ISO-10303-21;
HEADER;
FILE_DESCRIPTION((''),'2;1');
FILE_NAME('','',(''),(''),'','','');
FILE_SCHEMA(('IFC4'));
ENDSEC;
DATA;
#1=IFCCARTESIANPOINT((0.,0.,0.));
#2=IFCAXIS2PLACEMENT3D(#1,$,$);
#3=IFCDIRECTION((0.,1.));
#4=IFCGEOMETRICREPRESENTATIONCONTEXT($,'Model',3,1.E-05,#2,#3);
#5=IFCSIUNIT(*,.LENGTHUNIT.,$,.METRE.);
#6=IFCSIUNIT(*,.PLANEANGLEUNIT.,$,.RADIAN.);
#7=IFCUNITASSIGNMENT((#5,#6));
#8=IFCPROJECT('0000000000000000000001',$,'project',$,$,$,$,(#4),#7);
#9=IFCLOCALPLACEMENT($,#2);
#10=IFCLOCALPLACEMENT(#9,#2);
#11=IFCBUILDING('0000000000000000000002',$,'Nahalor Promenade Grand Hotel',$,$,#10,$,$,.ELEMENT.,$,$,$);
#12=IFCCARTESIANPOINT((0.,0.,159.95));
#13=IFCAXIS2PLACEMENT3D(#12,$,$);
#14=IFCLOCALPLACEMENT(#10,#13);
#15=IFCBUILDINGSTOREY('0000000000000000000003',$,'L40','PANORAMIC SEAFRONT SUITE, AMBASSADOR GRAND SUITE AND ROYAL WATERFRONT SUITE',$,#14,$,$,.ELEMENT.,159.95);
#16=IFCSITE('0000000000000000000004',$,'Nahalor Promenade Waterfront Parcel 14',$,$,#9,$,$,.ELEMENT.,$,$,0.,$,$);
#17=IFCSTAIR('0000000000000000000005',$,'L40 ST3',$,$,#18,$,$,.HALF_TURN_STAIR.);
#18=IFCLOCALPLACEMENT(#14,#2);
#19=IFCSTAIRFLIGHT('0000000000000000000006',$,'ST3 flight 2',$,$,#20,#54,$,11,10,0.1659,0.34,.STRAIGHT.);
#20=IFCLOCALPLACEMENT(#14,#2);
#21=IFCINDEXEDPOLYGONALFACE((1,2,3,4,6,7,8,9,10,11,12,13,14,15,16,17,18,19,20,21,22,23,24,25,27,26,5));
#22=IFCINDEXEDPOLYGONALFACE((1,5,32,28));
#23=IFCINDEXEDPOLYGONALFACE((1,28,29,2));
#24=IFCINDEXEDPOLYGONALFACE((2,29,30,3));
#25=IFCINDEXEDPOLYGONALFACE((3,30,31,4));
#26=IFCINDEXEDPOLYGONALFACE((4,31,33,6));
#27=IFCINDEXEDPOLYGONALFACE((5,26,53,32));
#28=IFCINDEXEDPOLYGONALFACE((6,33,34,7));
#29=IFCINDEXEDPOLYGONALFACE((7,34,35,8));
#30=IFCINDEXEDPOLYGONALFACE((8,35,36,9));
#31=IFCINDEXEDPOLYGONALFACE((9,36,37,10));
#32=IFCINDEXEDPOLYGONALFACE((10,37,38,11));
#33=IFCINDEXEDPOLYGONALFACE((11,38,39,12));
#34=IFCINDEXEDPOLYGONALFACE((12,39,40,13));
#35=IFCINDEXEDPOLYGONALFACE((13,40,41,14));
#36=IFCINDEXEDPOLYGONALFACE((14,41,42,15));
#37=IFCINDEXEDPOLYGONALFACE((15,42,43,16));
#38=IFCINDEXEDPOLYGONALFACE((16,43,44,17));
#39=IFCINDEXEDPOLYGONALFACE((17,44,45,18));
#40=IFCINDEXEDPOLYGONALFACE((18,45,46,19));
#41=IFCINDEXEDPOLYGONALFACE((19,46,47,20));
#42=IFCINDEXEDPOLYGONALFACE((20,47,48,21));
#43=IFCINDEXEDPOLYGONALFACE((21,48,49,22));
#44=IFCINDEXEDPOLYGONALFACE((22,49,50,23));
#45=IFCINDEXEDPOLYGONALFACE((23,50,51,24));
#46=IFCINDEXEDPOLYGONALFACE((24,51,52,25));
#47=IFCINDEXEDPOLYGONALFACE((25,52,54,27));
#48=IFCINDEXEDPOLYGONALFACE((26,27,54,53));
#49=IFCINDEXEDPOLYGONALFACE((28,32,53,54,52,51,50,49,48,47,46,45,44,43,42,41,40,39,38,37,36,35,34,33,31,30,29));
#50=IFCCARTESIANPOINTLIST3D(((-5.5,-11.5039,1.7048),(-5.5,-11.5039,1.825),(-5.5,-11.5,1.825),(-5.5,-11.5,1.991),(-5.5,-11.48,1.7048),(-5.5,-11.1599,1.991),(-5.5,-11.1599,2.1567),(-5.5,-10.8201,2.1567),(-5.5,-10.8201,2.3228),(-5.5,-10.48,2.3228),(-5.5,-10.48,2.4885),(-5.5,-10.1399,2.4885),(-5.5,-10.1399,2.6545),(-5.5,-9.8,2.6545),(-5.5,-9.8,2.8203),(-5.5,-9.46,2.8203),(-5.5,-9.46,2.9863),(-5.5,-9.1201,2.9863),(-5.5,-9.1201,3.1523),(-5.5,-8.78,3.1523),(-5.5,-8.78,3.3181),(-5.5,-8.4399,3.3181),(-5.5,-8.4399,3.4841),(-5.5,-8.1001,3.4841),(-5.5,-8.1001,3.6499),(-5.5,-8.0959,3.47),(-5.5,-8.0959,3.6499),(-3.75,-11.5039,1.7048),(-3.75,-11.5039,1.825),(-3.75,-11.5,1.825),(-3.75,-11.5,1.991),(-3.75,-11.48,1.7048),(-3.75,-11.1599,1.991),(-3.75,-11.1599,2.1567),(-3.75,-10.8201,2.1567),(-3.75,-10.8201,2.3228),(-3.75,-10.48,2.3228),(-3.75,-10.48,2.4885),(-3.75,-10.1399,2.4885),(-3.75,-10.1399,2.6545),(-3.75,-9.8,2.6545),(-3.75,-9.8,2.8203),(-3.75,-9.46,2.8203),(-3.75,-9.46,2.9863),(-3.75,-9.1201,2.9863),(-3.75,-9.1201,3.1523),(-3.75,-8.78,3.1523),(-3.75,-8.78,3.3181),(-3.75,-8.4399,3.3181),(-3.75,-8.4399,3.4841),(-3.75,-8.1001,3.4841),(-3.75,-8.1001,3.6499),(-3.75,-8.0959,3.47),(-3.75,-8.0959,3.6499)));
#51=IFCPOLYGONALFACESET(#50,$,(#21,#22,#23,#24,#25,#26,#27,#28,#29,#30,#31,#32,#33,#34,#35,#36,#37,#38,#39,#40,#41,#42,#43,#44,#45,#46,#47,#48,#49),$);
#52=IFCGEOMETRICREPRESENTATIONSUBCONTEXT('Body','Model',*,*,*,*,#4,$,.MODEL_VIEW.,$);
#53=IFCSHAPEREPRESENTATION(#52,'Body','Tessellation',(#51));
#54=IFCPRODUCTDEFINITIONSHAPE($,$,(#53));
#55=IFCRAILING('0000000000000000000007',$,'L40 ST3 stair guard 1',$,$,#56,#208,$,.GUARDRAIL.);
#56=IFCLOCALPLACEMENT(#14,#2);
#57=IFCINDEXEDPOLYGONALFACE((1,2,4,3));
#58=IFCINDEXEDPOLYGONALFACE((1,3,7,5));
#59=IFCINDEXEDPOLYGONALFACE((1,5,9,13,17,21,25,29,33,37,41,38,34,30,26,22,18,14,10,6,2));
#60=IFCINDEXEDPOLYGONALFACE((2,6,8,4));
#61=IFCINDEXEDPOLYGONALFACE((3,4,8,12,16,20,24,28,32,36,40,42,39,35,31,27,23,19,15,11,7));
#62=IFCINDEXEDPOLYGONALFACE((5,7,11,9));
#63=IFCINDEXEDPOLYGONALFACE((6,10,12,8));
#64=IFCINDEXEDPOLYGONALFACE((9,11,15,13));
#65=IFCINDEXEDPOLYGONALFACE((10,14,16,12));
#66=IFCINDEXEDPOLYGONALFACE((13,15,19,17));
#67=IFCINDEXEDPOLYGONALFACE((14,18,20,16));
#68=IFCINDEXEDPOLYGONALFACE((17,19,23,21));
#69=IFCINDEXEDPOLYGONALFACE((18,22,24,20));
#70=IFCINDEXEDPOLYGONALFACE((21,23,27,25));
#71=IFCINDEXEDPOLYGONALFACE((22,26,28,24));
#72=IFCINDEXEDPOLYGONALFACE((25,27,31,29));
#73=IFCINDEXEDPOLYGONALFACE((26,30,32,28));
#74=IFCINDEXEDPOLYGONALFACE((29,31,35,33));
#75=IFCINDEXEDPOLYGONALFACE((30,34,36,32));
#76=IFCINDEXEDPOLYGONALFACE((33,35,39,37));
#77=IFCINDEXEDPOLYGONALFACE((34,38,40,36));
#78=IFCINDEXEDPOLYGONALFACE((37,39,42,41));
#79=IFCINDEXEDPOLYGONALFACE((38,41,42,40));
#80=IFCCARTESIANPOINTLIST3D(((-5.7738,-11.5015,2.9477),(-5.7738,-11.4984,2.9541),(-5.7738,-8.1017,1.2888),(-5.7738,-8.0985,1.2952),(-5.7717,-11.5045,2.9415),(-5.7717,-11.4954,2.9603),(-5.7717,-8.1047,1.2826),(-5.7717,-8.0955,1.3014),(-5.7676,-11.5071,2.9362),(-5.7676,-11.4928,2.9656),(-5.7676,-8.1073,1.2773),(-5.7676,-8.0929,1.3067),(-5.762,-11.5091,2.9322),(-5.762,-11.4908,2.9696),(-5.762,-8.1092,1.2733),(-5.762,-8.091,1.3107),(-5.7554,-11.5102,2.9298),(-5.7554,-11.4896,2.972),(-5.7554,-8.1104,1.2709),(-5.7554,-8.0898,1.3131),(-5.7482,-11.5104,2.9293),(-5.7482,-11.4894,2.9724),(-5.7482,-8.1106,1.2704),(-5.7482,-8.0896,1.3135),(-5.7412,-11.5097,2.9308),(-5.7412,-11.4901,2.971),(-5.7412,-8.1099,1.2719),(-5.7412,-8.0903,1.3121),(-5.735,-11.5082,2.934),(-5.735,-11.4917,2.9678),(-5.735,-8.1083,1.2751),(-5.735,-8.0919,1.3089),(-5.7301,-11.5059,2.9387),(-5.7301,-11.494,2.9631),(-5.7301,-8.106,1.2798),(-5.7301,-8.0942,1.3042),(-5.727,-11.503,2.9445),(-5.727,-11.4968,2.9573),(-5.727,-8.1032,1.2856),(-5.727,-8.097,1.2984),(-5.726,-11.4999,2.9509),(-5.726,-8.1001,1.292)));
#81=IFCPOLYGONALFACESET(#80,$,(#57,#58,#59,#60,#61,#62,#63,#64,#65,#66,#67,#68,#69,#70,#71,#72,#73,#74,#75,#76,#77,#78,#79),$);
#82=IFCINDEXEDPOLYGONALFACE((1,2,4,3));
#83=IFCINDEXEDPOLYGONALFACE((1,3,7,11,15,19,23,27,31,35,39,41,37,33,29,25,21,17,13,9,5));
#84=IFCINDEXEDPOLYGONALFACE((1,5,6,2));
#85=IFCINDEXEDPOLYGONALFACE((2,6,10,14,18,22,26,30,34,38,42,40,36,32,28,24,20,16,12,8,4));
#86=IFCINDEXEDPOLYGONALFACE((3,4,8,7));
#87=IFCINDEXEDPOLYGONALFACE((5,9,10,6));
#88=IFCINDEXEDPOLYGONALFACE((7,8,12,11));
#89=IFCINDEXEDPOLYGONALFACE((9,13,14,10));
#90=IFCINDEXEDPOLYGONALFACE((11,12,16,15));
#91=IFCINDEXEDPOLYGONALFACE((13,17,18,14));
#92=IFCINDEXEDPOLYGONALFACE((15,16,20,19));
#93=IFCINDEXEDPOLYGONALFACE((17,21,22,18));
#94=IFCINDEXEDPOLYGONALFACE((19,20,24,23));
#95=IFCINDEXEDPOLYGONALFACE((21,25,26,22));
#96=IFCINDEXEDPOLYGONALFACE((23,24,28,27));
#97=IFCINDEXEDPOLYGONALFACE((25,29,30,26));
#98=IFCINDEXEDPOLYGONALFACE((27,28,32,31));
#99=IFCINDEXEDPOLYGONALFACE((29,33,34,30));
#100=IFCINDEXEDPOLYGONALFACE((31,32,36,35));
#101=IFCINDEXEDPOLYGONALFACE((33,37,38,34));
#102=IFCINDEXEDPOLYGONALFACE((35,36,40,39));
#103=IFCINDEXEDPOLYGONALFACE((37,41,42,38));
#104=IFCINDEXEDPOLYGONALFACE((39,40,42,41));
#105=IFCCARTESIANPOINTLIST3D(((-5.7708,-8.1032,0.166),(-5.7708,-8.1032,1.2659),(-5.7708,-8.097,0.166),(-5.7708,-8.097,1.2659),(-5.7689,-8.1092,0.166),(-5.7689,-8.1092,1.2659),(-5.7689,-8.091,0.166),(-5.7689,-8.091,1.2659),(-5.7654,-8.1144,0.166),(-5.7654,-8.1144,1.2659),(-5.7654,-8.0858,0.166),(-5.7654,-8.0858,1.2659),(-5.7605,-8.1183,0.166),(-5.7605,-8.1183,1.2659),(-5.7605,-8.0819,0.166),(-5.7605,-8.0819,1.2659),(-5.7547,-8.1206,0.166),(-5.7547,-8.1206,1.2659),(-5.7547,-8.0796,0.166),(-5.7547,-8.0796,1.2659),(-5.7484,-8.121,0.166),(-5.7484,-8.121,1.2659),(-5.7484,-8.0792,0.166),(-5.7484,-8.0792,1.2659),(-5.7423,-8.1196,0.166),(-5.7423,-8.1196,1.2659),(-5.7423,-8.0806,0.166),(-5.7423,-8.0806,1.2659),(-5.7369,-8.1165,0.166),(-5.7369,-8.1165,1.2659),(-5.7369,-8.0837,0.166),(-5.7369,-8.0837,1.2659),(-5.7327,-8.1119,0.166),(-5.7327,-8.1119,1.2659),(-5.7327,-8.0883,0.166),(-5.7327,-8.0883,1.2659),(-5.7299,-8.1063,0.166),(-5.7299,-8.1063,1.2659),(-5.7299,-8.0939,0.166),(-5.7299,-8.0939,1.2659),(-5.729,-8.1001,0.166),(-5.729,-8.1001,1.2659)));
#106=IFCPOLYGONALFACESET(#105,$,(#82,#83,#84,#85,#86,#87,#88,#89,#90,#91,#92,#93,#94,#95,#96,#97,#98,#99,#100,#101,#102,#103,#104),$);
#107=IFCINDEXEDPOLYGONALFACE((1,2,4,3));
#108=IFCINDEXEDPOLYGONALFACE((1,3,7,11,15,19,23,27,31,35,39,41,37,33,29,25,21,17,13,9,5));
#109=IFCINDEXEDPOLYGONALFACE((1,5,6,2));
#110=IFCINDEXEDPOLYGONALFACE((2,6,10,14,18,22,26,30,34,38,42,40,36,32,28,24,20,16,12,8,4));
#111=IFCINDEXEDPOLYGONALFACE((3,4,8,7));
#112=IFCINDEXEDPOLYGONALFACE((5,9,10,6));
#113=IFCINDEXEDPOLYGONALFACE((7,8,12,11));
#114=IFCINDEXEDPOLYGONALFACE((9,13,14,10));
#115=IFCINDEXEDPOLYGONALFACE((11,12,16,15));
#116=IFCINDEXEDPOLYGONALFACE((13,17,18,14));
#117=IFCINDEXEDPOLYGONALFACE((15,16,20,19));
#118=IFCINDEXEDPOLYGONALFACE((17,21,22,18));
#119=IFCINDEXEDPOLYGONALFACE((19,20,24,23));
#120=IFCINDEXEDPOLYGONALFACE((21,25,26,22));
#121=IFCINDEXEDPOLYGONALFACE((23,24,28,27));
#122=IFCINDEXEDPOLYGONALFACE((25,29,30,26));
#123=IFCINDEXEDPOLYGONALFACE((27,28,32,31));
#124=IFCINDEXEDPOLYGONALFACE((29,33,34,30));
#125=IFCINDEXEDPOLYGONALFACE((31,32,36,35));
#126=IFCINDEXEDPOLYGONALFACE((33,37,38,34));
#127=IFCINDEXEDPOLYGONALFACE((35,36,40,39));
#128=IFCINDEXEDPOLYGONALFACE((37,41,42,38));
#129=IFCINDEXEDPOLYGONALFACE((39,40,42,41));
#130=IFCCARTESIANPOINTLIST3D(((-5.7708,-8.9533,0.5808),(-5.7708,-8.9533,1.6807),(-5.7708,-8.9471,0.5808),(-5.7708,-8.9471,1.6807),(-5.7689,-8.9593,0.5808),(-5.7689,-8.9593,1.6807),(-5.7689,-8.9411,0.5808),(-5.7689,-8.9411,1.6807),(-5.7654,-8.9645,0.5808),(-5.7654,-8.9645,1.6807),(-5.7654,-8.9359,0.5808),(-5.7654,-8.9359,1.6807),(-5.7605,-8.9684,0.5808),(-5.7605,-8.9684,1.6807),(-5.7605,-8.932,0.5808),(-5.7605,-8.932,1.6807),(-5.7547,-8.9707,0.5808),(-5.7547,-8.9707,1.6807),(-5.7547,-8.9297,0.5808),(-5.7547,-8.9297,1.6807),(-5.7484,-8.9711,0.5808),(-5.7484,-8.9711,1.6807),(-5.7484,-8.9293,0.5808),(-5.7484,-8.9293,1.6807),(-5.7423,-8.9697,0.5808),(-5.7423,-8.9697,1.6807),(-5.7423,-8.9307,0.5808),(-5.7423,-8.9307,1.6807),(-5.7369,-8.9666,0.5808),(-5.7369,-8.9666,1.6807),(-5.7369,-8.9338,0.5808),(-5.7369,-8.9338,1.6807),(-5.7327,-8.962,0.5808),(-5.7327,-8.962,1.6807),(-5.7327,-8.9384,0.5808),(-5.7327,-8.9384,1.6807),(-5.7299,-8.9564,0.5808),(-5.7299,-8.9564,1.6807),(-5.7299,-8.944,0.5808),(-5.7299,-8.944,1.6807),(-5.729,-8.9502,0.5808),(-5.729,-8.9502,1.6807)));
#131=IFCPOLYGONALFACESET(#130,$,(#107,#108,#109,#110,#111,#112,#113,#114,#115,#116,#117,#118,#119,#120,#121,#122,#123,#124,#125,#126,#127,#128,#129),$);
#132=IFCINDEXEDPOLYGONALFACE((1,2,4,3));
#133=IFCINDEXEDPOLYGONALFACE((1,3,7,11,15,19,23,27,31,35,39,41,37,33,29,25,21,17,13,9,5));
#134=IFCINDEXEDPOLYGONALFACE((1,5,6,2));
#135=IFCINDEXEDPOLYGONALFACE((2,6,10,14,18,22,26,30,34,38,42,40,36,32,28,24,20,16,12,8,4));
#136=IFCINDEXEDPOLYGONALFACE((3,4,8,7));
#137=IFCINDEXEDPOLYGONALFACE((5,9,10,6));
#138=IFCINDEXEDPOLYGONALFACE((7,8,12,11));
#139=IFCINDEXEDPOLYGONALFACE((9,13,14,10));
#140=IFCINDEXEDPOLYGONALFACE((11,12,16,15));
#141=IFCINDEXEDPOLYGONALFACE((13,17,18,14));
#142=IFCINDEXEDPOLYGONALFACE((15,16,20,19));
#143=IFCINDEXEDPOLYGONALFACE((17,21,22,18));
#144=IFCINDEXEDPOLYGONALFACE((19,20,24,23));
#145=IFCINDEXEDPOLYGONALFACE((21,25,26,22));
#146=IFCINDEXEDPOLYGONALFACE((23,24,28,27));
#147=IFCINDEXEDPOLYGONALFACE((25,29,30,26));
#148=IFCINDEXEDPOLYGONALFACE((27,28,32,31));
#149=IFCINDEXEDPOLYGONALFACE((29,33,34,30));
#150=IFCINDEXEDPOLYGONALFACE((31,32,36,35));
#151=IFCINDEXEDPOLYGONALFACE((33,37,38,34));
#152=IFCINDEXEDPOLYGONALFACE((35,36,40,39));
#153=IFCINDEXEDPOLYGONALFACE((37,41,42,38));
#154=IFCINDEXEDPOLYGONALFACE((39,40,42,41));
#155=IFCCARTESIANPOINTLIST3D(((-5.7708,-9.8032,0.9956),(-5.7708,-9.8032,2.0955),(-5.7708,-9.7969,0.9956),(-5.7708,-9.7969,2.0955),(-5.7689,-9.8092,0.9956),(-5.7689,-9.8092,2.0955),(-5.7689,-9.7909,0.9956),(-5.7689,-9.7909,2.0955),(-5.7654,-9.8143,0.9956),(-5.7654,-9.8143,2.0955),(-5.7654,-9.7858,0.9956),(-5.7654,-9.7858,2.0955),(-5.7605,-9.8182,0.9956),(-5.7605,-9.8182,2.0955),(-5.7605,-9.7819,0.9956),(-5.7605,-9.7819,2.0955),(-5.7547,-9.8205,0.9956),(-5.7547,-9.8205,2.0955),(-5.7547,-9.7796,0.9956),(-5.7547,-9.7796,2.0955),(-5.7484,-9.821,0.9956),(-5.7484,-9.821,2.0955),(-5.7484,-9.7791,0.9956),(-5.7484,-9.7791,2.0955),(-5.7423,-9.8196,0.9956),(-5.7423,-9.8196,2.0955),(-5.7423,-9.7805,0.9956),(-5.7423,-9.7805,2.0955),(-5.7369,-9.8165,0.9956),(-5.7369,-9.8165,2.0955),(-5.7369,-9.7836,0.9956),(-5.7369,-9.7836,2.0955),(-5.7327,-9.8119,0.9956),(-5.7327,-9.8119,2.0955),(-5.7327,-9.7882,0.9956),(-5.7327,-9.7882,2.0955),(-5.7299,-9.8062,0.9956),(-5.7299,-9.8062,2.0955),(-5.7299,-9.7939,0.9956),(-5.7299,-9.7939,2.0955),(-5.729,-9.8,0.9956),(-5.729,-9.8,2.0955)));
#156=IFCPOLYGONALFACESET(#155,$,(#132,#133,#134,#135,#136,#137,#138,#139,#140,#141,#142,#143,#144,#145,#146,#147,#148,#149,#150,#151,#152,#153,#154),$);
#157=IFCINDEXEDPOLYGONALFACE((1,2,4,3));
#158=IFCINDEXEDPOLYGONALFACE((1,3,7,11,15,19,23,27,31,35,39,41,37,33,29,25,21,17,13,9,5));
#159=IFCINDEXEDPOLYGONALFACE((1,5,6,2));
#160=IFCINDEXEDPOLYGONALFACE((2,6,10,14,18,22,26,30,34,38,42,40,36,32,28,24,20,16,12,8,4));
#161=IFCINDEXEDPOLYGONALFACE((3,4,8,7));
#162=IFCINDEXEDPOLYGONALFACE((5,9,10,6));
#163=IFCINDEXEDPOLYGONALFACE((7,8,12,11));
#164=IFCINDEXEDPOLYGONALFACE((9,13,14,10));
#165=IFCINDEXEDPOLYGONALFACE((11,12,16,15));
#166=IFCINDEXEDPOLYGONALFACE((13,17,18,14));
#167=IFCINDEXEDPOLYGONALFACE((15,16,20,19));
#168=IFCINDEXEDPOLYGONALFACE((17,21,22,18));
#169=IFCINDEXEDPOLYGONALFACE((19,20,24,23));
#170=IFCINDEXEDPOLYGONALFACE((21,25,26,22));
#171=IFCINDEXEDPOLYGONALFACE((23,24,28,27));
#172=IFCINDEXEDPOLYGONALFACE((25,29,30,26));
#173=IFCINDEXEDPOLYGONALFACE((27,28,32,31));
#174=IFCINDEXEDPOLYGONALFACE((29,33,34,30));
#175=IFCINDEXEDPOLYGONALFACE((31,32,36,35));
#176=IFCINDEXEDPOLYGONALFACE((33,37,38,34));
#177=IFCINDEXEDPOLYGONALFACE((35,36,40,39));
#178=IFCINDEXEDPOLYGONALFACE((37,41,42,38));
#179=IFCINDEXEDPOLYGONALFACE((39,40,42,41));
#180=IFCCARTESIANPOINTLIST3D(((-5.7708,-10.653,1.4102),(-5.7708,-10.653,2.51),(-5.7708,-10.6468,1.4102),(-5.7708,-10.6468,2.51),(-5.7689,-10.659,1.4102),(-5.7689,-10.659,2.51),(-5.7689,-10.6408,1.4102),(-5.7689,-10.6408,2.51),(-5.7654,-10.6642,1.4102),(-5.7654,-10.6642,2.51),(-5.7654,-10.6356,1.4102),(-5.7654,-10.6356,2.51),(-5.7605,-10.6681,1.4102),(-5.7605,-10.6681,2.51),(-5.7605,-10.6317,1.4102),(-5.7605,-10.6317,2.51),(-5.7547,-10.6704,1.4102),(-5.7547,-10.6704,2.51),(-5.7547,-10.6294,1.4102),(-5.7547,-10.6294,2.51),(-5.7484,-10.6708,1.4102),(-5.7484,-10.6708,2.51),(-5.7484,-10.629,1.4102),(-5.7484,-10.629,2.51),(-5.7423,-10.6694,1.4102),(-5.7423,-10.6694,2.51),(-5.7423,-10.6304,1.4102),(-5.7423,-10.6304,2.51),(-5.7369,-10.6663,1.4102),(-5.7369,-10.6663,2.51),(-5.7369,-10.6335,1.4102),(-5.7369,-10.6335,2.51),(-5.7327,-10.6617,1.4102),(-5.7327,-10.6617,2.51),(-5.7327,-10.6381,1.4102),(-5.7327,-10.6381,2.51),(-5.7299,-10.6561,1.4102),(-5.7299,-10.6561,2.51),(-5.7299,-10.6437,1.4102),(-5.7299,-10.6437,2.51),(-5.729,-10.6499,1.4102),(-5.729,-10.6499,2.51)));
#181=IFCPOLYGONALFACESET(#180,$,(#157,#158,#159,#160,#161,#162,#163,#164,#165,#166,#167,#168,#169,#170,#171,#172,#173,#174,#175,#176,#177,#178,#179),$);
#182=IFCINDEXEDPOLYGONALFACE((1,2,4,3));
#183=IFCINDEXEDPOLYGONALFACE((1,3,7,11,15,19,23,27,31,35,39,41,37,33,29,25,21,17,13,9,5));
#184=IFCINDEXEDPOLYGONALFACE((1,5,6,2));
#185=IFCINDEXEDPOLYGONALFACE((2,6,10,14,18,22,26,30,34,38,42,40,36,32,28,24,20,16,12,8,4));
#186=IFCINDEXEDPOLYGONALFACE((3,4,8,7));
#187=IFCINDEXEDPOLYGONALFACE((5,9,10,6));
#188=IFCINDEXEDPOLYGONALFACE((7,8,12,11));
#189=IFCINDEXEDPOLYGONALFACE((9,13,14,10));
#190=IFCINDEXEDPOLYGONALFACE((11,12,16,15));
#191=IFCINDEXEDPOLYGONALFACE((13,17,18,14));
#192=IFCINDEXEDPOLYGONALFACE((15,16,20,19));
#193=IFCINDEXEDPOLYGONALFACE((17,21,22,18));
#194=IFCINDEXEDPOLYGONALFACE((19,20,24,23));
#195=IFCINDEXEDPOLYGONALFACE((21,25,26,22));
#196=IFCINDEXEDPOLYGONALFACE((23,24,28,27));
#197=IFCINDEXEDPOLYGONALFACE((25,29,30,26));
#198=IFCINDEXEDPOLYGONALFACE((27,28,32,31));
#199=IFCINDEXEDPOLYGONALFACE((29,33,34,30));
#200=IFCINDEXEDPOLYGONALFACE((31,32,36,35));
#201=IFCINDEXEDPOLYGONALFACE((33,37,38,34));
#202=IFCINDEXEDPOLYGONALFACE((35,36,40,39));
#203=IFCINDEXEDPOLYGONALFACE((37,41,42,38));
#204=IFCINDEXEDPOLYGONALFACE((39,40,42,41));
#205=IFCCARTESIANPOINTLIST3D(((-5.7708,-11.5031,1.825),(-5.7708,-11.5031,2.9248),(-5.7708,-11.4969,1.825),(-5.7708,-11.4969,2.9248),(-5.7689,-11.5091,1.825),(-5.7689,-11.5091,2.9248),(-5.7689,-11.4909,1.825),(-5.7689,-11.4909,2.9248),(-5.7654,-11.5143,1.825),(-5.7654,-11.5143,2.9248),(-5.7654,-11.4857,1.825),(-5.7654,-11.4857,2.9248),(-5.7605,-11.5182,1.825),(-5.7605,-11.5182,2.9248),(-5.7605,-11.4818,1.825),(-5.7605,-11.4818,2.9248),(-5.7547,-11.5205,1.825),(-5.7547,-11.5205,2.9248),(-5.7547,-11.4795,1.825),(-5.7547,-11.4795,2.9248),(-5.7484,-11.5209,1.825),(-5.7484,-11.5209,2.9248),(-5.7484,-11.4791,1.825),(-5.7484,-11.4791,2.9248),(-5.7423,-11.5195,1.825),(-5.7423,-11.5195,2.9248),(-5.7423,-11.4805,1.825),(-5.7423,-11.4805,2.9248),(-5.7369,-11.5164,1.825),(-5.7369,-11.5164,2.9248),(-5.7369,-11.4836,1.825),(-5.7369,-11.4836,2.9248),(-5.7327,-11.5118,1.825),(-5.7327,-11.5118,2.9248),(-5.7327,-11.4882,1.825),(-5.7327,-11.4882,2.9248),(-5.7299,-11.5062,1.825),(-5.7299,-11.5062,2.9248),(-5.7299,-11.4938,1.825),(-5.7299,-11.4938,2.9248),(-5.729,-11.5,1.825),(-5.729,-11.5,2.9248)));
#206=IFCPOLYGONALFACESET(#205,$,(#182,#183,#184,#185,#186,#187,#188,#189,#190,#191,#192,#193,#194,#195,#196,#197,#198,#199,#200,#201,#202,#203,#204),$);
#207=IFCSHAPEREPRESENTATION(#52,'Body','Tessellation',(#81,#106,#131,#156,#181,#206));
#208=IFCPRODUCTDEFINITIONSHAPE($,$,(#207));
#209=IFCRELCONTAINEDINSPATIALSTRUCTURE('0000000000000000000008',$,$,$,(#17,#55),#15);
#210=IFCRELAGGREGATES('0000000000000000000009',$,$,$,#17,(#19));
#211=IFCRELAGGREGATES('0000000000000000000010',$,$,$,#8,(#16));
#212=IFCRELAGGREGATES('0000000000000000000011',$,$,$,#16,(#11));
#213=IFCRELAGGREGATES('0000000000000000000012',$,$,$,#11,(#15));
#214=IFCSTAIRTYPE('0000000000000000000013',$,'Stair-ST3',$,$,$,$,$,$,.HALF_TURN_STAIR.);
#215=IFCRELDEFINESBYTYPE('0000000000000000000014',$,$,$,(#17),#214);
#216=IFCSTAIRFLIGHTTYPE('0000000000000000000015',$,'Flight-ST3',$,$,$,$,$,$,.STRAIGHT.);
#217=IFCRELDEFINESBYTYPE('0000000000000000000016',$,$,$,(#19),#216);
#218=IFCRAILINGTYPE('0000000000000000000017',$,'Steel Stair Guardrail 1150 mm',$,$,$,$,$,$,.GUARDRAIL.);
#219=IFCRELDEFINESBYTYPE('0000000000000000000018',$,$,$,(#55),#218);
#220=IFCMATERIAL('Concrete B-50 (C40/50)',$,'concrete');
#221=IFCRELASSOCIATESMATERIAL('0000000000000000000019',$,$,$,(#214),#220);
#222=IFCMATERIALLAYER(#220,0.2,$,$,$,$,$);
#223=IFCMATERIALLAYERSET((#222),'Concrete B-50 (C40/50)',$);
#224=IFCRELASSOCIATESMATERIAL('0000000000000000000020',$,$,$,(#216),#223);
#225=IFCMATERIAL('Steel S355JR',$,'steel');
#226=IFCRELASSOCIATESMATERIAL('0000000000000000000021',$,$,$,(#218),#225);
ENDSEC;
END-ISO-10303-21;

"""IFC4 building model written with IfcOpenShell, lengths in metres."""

from ifc_helpers import new_model, si_unit, direction, frame, origin, origin_2d, place, context, subcontext, project, spatial, polyline, circle, outline, extrude, source, transform, mapped, material, layer, layer_set, type_object, element, aggregate, save


model = new_model("IFC4")

# Units and contexts
model_context = context("Model", 3, precision=1e-05, world=origin(), true_north=direction((0.0, 1.0)))
body_context = subcontext(model_context, "Body", "Model", "MODEL_VIEW")
ifc_project = project(units=[si_unit("LENGTHUNIT", "METRE"), si_unit("PLANEANGLEUNIT", "RADIAN")], contexts=[model_context])

# Site, building, storey
site_placement = place(None, origin())
site = spatial("IfcSite", under=ifc_project, at=site_placement, Name="Nahalor Promenade Waterfront Parcel 14", CompositionType="ELEMENT", RefElevation=0.0)
building_placement = place(site_placement, origin())
building = spatial("IfcBuilding", under=site, at=building_placement, Name="Nahalor Promenade Grand Hotel", CompositionType="ELEMENT")
storey_placement = place(building_placement, frame((0.0, 0.0, 159.95)))
storey = spatial("IfcBuildingStorey", under=building, at=storey_placement, Name="L40", Description="PANORAMIC SEAFRONT SUITE, AMBASSADOR GRAND SUITE AND ROYAL WATERFRONT SUITE", CompositionType="ELEMENT", Elevation=159.95)

# Shared definitions
ifc_material_1 = material(Name="Steel S355JR", Category="steel")

# Shared definitions
ifc_material_2 = material(Name="Concrete B-50 (C40/50)", Category="concrete")

# Stair, stair flight
stair_type = type_object("IfcStairType", Name="Stair-ST3", PredefinedType="HALF_TURN_STAIR", material=ifc_material_2)
stair_placement = place(storey_placement, origin())
stair = element("IfcStair", 1, at=stair_placement, inside=storey, type_object=stair_type, Name="L40 ST3", PredefinedType="HALF_TURN_STAIR")
ifc_layer_1 = layer(ifc_material_2, 0.2)
ifc_layer_set_1 = layer_set([ifc_layer_1], Name="Concrete B-50 (C40/50)")
stair_flight_type = type_object("IfcStairFlightType", Name="Flight-ST3", PredefinedType="STRAIGHT", material=ifc_layer_set_1)
shared_shape_1 = source(origin(), body_context, "Body", "SweptSolid", [
    extrude(outline(polyline([(-0.0039, -0.1201), (-0.0039, 0.0), (0.0, 0.0), (0.0, 0.166), (0.3401, 0.166), (0.3401, 0.3318), (0.6799, 0.3318), (0.6799, 0.4978), (1.02, 0.4978), (1.02, 0.6636), (1.3601, 0.6636), (1.3601, 0.8296), (1.7, 0.8296), (1.7, 0.9954), (2.04, 0.9954), (2.04, 1.1614), (2.3799, 1.1614), (2.3799, 1.3274), (2.72, 1.3274), (2.72, 1.4932), (3.0601, 1.4932), (3.0601, 1.6592), (3.3999, 1.6592), (3.3999, 1.825), (3.4041, 1.825), (3.4041, 1.645), (0.02, -0.1201), (-0.0039, -0.1201)])), frame((0.0, 0.875, 0.0), z_axis=(0.0, -1.0, 0.0), x_axis=(1.0, 0.0, 0.0)), (0.0, 0.0, 1.0), 1.75),
])
stair_flight_1_placement = place(storey_placement, frame((-4.625, -11.5, 1.825), z_axis=(0.0, 0.0, 1.0), x_axis=(0.0, 1.0, 0.0)))
stair_flight_1 = element("IfcStairFlight", 2, at=stair_flight_1_placement, type_object=stair_flight_type, Name="ST3 flight 2", NumberOfRisers=11, NumberOfTreads=10, PredefinedType="STRAIGHT", RiserHeight=0.1659, TreadLength=0.34, context=body_context, shape_type="MappedRepresentation", body=[
    mapped(shared_shape_1, transform((0.0, 0.0, 0.0), scale=1.0)),
])
aggregate(stair, [stair_flight_1])

# Railing
railing_type_1 = type_object("IfcRailingType", Name="Steel Stair Guardrail 1150 mm", PredefinedType="GUARDRAIL", material=ifc_material_1)
railing_1_placement = place(storey_placement, frame((-5.75, -8.1001, 0.166)))
element("IfcRailing", 3, at=railing_1_placement, inside=storey, type_object=railing_type_1, Name="L40 ST3 stair guard 1", PredefinedType="GUARDRAIL", context=body_context, shape_type="SweptSolid", body=[
    extrude(circle(Radius=0.024, at=origin_2d()), frame((0.0, 0.0, 1.126), z_axis=(0.0, -0.898722, 0.438519), x_axis=(1.0, 0.0, 0.0)), (0.0, 0.0, 1.0), 3.783),
    extrude(circle(Radius=0.021, at=origin_2d()), origin(), (0.0, 0.0, 1.0), 1.0999),
    extrude(circle(Radius=0.021, at=origin_2d()), frame((0.0, -0.8501, 0.4148)), (0.0, 0.0, 1.0), 1.0999),
    extrude(circle(Radius=0.021, at=origin_2d()), frame((0.0, -1.7, 0.8296)), (0.0, 0.0, 1.0), 1.0999),
    extrude(circle(Radius=0.021, at=origin_2d()), frame((0.0, -2.5498, 1.2441)), (0.0, 0.0, 1.0), 1.0999),
    extrude(circle(Radius=0.021, at=origin_2d()), frame((0.0, -3.3999, 1.6589)), (0.0, 0.0, 1.0), 1.0999),
])

save(model, "model.ifc")
